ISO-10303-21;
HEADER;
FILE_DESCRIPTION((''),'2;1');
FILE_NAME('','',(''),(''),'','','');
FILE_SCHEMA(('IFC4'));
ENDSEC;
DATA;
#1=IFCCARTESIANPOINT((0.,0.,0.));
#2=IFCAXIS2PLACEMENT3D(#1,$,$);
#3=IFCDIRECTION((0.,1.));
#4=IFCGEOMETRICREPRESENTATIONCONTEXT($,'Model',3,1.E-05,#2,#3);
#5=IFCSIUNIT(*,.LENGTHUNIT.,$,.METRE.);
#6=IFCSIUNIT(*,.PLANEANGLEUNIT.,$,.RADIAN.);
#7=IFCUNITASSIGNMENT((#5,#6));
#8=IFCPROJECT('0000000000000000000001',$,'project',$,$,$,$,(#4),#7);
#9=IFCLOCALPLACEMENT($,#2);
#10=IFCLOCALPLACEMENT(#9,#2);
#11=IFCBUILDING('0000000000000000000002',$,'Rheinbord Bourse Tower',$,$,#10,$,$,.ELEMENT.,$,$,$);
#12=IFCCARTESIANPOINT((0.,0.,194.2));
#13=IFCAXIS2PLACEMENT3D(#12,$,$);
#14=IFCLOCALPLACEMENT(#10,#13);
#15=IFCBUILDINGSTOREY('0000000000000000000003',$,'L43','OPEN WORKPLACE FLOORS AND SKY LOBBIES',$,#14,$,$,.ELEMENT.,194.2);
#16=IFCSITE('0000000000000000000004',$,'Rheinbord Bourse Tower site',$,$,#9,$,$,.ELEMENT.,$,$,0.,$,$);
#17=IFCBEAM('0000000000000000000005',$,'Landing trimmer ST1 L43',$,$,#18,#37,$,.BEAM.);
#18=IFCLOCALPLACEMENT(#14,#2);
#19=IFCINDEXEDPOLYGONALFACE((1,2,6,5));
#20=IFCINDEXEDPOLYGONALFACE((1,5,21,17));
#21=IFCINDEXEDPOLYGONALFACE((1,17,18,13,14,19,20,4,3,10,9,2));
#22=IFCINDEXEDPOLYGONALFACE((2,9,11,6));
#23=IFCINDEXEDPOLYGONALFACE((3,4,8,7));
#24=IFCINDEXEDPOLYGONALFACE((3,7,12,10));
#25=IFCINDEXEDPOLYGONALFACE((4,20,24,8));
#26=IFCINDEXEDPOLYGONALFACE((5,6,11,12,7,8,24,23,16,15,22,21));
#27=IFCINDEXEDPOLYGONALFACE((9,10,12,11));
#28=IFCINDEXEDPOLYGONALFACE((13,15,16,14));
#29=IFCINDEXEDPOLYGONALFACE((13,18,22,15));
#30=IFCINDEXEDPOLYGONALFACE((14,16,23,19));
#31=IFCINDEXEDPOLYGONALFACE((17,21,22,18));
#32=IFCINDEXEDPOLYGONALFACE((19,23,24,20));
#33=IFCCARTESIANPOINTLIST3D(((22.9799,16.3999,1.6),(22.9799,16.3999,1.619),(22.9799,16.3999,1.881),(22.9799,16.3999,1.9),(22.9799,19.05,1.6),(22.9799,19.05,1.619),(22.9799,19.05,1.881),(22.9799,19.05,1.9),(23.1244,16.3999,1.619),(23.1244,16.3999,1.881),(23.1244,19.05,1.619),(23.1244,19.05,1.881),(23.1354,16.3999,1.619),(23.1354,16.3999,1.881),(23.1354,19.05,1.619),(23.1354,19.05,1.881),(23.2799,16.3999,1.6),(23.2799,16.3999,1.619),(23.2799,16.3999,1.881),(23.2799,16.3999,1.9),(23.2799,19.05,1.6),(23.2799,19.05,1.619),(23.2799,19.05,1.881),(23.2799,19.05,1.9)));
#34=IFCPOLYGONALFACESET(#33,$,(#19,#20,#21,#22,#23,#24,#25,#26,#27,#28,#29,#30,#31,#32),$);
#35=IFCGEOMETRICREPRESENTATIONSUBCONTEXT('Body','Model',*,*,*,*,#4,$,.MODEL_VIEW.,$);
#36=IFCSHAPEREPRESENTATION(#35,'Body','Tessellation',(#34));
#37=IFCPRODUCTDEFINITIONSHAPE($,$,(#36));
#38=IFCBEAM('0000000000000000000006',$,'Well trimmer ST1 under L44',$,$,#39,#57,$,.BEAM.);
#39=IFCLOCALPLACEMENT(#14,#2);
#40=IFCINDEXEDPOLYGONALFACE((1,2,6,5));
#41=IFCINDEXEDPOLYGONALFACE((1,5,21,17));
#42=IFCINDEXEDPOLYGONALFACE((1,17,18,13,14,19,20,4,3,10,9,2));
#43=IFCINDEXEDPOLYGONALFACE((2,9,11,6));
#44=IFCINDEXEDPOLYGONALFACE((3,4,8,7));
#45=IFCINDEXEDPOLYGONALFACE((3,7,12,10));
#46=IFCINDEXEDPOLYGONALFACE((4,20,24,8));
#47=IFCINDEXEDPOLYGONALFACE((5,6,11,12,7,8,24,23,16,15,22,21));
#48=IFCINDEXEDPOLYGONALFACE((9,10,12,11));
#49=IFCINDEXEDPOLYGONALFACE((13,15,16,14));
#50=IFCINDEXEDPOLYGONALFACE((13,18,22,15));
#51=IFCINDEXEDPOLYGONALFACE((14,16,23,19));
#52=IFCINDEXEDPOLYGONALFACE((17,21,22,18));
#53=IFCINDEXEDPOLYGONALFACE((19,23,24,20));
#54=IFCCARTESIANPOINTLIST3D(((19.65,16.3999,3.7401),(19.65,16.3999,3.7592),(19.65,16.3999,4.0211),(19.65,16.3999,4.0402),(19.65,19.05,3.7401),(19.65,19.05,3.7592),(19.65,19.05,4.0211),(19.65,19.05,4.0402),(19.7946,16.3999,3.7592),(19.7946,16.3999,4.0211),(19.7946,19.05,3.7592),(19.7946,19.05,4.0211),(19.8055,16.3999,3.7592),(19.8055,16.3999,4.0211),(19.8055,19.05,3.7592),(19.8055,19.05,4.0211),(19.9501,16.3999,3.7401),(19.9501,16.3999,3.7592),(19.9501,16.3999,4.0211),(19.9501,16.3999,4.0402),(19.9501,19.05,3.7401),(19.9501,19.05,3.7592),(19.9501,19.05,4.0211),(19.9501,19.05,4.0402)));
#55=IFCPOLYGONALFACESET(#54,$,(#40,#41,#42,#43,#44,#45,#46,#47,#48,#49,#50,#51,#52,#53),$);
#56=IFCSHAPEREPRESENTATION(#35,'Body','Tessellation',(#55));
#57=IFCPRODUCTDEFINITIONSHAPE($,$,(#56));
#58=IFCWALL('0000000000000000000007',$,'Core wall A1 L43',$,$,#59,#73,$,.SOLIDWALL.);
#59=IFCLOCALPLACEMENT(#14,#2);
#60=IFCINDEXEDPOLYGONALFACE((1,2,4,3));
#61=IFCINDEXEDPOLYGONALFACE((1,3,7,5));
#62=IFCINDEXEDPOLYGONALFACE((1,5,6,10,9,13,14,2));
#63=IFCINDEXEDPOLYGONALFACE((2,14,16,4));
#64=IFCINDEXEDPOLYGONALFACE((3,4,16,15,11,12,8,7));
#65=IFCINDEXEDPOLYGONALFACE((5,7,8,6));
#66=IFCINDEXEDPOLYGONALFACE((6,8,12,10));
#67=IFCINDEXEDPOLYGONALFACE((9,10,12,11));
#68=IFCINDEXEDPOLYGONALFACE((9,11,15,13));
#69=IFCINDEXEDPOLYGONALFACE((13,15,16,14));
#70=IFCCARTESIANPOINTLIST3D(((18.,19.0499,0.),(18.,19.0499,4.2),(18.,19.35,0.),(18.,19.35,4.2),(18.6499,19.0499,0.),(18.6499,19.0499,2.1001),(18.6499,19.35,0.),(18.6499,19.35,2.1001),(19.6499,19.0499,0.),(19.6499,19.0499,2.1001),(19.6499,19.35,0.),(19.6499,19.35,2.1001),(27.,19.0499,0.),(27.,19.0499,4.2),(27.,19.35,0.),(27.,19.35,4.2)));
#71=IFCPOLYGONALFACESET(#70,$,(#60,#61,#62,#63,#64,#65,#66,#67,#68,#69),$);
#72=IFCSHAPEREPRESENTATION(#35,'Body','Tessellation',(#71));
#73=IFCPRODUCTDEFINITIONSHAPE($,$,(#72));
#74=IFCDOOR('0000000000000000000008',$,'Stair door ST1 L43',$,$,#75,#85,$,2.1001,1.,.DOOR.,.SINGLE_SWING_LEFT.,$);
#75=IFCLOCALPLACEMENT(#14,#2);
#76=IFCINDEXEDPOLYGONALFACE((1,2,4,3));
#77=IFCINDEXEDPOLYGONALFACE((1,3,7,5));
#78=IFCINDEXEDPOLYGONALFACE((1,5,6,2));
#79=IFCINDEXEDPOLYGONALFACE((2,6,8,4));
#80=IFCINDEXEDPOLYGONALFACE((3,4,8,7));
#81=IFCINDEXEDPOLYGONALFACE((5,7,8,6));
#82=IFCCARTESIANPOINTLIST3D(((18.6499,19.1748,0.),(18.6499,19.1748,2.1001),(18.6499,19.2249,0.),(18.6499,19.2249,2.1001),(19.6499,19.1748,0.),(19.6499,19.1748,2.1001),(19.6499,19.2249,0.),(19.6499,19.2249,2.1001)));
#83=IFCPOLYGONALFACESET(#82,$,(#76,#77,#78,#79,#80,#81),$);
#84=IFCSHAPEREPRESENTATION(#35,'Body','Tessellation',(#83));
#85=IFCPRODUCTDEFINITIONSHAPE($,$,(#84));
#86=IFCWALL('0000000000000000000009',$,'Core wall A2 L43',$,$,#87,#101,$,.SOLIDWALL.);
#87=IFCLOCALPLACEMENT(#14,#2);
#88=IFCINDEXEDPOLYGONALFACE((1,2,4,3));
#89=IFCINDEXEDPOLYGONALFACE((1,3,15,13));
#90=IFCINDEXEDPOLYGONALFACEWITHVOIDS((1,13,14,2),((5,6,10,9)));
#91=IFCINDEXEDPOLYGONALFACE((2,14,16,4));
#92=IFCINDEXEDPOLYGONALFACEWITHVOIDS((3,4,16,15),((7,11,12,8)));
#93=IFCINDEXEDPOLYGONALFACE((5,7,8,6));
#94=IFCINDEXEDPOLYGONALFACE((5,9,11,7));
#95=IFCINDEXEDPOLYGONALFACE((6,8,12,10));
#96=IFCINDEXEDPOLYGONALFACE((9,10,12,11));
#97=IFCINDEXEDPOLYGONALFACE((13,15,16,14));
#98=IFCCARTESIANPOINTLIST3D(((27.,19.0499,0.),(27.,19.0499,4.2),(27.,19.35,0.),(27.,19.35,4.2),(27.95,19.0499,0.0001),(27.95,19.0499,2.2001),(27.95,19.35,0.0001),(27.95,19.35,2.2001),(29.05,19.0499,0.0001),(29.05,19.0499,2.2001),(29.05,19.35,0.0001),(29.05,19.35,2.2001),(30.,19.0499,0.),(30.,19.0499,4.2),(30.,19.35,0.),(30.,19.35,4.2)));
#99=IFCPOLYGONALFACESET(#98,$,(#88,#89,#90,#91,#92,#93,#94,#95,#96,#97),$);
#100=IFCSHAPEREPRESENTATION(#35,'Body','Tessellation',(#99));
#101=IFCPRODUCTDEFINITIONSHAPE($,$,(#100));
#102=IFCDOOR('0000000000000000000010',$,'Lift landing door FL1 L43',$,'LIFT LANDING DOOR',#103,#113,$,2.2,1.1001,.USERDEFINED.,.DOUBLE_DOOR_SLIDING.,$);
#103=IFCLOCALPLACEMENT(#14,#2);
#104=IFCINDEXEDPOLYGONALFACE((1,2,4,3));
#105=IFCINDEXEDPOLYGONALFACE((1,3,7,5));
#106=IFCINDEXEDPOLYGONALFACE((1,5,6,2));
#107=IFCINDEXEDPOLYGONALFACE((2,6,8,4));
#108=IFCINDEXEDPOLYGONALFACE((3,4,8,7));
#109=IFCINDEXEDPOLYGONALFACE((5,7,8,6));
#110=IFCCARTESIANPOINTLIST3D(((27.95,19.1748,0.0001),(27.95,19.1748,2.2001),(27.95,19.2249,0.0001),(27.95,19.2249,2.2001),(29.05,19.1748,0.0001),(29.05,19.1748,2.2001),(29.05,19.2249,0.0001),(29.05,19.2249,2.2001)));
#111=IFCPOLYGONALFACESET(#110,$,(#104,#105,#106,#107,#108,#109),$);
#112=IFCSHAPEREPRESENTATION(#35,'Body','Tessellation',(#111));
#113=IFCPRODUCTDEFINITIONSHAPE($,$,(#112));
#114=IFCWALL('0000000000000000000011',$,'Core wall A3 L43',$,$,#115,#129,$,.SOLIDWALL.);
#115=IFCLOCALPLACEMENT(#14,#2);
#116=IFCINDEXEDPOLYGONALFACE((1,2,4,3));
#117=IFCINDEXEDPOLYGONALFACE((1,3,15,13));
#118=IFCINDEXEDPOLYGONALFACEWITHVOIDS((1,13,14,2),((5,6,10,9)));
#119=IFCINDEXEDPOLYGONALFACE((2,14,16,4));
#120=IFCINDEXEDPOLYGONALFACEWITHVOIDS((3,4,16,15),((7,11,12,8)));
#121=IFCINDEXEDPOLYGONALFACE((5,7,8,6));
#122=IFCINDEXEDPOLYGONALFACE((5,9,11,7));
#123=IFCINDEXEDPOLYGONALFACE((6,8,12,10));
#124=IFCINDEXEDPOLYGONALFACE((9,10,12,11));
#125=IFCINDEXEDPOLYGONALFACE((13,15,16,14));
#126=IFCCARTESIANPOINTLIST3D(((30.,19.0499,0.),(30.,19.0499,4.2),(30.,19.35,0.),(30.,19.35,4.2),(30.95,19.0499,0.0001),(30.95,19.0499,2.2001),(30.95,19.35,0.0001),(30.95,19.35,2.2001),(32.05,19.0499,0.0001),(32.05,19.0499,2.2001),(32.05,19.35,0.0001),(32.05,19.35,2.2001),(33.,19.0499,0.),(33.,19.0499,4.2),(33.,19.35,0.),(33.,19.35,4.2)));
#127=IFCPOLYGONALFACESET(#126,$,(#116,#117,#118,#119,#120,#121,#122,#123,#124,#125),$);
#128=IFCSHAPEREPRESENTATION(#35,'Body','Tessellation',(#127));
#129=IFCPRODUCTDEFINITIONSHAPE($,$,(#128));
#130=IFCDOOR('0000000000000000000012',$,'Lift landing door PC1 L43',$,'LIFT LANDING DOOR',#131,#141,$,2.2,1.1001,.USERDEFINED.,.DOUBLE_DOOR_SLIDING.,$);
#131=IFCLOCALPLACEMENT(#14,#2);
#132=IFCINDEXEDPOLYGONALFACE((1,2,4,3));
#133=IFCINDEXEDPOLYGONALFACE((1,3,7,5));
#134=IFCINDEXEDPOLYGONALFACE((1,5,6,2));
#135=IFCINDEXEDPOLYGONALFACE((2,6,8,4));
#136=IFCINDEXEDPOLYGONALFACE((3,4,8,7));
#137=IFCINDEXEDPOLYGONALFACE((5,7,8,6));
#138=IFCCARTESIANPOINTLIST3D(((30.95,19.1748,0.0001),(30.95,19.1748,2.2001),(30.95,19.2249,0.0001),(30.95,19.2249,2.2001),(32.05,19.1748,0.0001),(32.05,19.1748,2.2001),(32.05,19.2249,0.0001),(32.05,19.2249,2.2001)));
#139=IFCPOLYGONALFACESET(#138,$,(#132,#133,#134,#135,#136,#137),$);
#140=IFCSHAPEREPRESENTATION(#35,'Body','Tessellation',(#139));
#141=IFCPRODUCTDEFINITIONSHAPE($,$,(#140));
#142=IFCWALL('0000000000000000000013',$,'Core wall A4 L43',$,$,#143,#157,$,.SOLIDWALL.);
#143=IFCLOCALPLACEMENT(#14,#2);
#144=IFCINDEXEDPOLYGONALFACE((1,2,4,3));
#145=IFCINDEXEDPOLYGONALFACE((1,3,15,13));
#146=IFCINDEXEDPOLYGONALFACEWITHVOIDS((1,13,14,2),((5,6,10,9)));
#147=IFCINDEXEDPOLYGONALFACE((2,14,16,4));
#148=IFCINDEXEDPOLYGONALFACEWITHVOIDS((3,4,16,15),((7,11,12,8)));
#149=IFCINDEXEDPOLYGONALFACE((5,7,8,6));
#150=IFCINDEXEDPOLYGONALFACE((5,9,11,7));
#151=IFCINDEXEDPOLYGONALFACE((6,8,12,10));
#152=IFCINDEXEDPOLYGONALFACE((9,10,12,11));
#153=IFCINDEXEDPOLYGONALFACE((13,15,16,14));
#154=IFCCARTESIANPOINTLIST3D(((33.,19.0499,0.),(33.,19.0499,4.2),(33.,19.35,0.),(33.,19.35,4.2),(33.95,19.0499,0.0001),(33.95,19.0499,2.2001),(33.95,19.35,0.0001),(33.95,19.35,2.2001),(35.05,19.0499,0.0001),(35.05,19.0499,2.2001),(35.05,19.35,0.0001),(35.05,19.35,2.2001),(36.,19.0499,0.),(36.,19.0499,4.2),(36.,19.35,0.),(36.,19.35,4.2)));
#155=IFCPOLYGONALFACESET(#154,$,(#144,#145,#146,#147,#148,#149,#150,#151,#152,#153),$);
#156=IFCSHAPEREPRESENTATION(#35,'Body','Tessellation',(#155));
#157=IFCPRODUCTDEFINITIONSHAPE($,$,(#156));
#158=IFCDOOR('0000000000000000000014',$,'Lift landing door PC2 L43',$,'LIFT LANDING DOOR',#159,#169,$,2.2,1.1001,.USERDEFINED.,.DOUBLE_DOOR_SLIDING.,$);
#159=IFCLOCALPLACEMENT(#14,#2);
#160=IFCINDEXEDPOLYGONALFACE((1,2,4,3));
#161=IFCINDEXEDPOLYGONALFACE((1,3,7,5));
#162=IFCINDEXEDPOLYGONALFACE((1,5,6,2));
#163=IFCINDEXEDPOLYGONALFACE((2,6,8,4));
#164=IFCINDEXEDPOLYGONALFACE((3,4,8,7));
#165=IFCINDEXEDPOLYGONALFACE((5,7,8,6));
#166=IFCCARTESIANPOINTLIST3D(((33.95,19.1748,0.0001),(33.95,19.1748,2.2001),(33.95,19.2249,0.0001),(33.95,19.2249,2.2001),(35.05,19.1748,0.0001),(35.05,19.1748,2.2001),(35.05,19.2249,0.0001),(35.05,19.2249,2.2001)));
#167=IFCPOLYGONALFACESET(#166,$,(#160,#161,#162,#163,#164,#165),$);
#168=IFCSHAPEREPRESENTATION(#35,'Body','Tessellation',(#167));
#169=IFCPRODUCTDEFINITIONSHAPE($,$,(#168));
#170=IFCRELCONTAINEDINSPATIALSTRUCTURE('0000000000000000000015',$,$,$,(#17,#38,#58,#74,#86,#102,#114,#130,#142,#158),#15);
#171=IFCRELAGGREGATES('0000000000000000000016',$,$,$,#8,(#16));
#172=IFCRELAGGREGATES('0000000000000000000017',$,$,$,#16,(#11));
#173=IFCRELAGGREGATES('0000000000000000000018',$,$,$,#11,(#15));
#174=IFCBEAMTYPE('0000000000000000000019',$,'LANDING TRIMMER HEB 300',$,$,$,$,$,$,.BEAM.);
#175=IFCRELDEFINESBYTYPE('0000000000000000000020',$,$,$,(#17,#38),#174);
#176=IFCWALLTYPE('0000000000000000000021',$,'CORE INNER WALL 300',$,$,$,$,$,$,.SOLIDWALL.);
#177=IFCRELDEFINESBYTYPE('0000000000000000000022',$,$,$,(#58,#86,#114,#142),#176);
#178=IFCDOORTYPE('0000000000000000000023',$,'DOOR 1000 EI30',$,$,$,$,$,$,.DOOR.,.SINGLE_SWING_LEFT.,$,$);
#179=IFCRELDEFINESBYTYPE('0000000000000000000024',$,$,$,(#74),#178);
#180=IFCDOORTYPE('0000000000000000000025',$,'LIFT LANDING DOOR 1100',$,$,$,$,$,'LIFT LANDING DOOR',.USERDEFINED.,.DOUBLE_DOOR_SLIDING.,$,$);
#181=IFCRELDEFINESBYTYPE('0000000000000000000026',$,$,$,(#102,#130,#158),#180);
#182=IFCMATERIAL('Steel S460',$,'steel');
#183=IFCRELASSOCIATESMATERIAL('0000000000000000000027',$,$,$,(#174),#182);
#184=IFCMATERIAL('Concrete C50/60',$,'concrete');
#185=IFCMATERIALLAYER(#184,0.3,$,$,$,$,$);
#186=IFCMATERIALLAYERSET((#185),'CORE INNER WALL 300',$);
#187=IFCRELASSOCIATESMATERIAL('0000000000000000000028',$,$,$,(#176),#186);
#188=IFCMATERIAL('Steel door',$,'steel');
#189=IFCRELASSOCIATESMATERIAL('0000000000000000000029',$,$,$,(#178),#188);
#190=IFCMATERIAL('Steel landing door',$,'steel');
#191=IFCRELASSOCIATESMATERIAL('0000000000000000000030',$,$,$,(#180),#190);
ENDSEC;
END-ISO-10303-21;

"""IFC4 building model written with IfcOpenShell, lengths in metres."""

from ifc_helpers import new_model, si_unit, direction, frame, frame_2d, origin, origin_2d, place, context, subcontext, project, spatial, rectangle, i_section, extrude, material, layer, layer_set, material_profile, profile_set, type_object, element, fill, save


model = new_model("IFC4")

# Units and contexts
model_context = context("Model", 3, precision=1e-05, world=origin(), true_north=direction((0.0, 1.0)))
body_context = subcontext(model_context, "Body", "Model", "MODEL_VIEW")
ifc_project = project(units=[si_unit("LENGTHUNIT", "METRE"), si_unit("PLANEANGLEUNIT", "RADIAN")], contexts=[model_context])

# Site, building, storey
site_placement = place(None, origin())
site = spatial("IfcSite", under=ifc_project, at=site_placement, Name="Rheinbord Bourse Tower site", CompositionType="ELEMENT", RefElevation=0.0)
building_placement = place(site_placement, origin())
building = spatial("IfcBuilding", under=site, at=building_placement, Name="Rheinbord Bourse Tower", CompositionType="ELEMENT")
storey_placement = place(building_placement, frame((0.0, 0.0, 194.2)))
storey = spatial("IfcBuildingStorey", under=building, at=storey_placement, Name="L43", Description="OPEN WORKPLACE FLOORS AND SKY LOBBIES", CompositionType="ELEMENT", Elevation=194.2)

# Beams
ifc_material_1 = material(Name="Steel S460", Category="steel")
ifc_material_profile = material_profile(ifc_material_1, i_section(OverallWidth=0.3, OverallDepth=0.3, WebThickness=0.011, FlangeThickness=0.019, at=origin_2d()), Name="HEB 300")
ifc_profile_set = profile_set([ifc_material_profile], Name="Steel S460")
beam_type = type_object("IfcBeamType", Name="LANDING TRIMMER HEB 300", PredefinedType="BEAM", material=ifc_profile_set)
for number, where, z_axis, x_axis, name in (
    (1, (23.1299, 16.3999, 1.75), (0.0, 1.0, 0.0), (-1.0, 0.0, 0.0), "Landing trimmer ST1 L43"),
    (2, (19.8, 16.3999, 3.8901), (0.0, 1.0, 0.0), (-1.0, 0.0, 0.0), "Well trimmer ST1 under L44"),
):
    element("IfcBeam", number, at=place(storey_placement, frame(where, z_axis=z_axis, x_axis=x_axis)), inside=storey, type_object=beam_type, Name=name, PredefinedType="BEAM", context=body_context, shape_type="SweptSolid", body=[
        extrude(i_section(OverallWidth=0.3, OverallDepth=0.3, WebThickness=0.011, FlangeThickness=0.019, at=origin_2d()), origin(), (0.0, 0.0, 1.0), 2.6501),
    ])

# Walls, openings, doors
ifc_material_2 = material(Name="Concrete C50/60", Category="concrete")
ifc_layer_1 = layer(ifc_material_2, 0.3)
ifc_layer_set_1 = layer_set([ifc_layer_1], Name="CORE INNER WALL 300")
wall_type_1 = type_object("IfcWallType", Name="CORE INNER WALL 300", PredefinedType="SOLIDWALL", material=ifc_layer_set_1)
wall_1_placement = place(storey_placement, frame((18.0, 19.2, 0.0), z_axis=(0.0, 0.0, 1.0), x_axis=(1.0, 0.0, 0.0)))
wall_1 = element("IfcWall", 3, at=wall_1_placement, inside=storey, type_object=wall_type_1, Name="Core wall A1 L43", PredefinedType="SOLIDWALL", context=body_context, shape_type="SweptSolid", body=[
    extrude(rectangle(XDim=9.0, YDim=0.3, at=frame_2d((4.5, 0.0))), origin(), (0.0, 0.0, 1.0), 4.2),
])
opening_1_placement = place(wall_1_placement, frame((0.6499, 0.0, 0.0)))
opening_1 = element("IfcOpeningElement", 4, at=opening_1_placement, cuts=wall_1, PredefinedType="OPENING", context=body_context, shape_type="SweptSolid", body=[
    extrude(rectangle(XDim=1.0, YDim=2.1001, at=frame_2d((0.5, 1.05))), frame((0.0, 0.1599, 0.0), z_axis=(0.0, -1.0, 0.0), x_axis=(1.0, 0.0, 0.0)), (0.0, 0.0, 1.0), 0.3201),
])
ifc_material_3 = material(Name="Steel door", Category="steel")
door_type_1 = type_object("IfcDoorType", Name="DOOR 1000 EI30", OperationType="SINGLE_SWING_LEFT", PredefinedType="DOOR", material=ifc_material_3)
door_1_placement = place(opening_1_placement, origin())
door_1 = element("IfcDoor", 5, at=door_1_placement, inside=storey, type_object=door_type_1, Name="Stair door ST1 L43", OperationType="SINGLE_SWING_LEFT", OverallHeight=2.1001, OverallWidth=1.0, PredefinedType="DOOR", context=body_context, shape_type="SweptSolid", body=[
    extrude(rectangle(XDim=1.0, YDim=2.1001, at=frame_2d((0.5, 1.05))), frame((0.0, 0.0249, 0.0), z_axis=(0.0, -1.0, 0.0), x_axis=(1.0, 0.0, 0.0)), (0.0, 0.0, 1.0), 0.05),
])
fill(opening_1, door_1)
wall_2_placement = place(storey_placement, frame((27.0, 19.2, 0.0), z_axis=(0.0, 0.0, 1.0), x_axis=(1.0, 0.0, 0.0)))
wall_2 = element("IfcWall", 6, at=wall_2_placement, inside=storey, type_object=wall_type_1, Name="Core wall A2 L43", PredefinedType="SOLIDWALL", context=body_context, shape_type="SweptSolid", body=[
    extrude(rectangle(XDim=3.0, YDim=0.3, at=frame_2d((1.5, 0.0))), origin(), (0.0, 0.0, 1.0), 4.2),
])
opening_2_placement = place(wall_2_placement, frame((0.95, 0.0, 0.0)))
opening_2 = element("IfcOpeningElement", 7, at=opening_2_placement, cuts=wall_2, PredefinedType="OPENING", context=body_context, shape_type="SweptSolid", body=[
    extrude(rectangle(XDim=1.1001, YDim=2.2, at=frame_2d((0.55, 1.1001))), frame((0.0, 0.1599, 0.0), z_axis=(0.0, -1.0, 0.0), x_axis=(1.0, 0.0, 0.0)), (0.0, 0.0, 1.0), 0.3201),
])
ifc_material_4 = material(Name="Steel landing door", Category="steel")
door_type_2 = type_object("IfcDoorType", Name="LIFT LANDING DOOR 1100", ElementType="LIFT LANDING DOOR", OperationType="DOUBLE_DOOR_SLIDING", PredefinedType="USERDEFINED", material=ifc_material_4)
door_2_placement = place(opening_2_placement, origin())
door_2 = element("IfcDoor", 8, at=door_2_placement, inside=storey, type_object=door_type_2, Name="Lift landing door FL1 L43", ObjectType="LIFT LANDING DOOR", OperationType="DOUBLE_DOOR_SLIDING", OverallHeight=2.2, OverallWidth=1.1001, PredefinedType="USERDEFINED", context=body_context, shape_type="SweptSolid", body=[
    extrude(rectangle(XDim=1.1001, YDim=2.2, at=frame_2d((0.55, 1.1001))), frame((0.0, 0.0249, 0.0), z_axis=(0.0, -1.0, 0.0), x_axis=(1.0, 0.0, 0.0)), (0.0, 0.0, 1.0), 0.05),
])
fill(opening_2, door_2)
wall_3_placement = place(storey_placement, frame((30.0, 19.2, 0.0), z_axis=(0.0, 0.0, 1.0), x_axis=(1.0, 0.0, 0.0)))
wall_3 = element("IfcWall", 9, at=wall_3_placement, inside=storey, type_object=wall_type_1, Name="Core wall A3 L43", PredefinedType="SOLIDWALL", context=body_context, shape_type="SweptSolid", body=[
    extrude(rectangle(XDim=3.0, YDim=0.3, at=frame_2d((1.5, 0.0))), origin(), (0.0, 0.0, 1.0), 4.2),
])
opening_3_placement = place(wall_3_placement, frame((0.95, 0.0, 0.0)))
opening_3 = element("IfcOpeningElement", 10, at=opening_3_placement, cuts=wall_3, PredefinedType="OPENING", context=body_context, shape_type="SweptSolid", body=[
    extrude(rectangle(XDim=1.1001, YDim=2.2, at=frame_2d((0.55, 1.1001))), frame((0.0, 0.1599, 0.0), z_axis=(0.0, -1.0, 0.0), x_axis=(1.0, 0.0, 0.0)), (0.0, 0.0, 1.0), 0.3201),
])
door_3_placement = place(opening_3_placement, origin())
door_3 = element("IfcDoor", 11, at=door_3_placement, inside=storey, type_object=door_type_2, Name="Lift landing door PC1 L43", ObjectType="LIFT LANDING DOOR", OperationType="DOUBLE_DOOR_SLIDING", OverallHeight=2.2, OverallWidth=1.1001, PredefinedType="USERDEFINED", context=body_context, shape_type="SweptSolid", body=[
    extrude(rectangle(XDim=1.1001, YDim=2.2, at=frame_2d((0.55, 1.1001))), frame((0.0, 0.0249, 0.0), z_axis=(0.0, -1.0, 0.0), x_axis=(1.0, 0.0, 0.0)), (0.0, 0.0, 1.0), 0.05),
])
fill(opening_3, door_3)
wall_4_placement = place(storey_placement, frame((33.0, 19.2, 0.0), z_axis=(0.0, 0.0, 1.0), x_axis=(1.0, 0.0, 0.0)))
wall_4 = element("IfcWall", 12, at=wall_4_placement, inside=storey, type_object=wall_type_1, Name="Core wall A4 L43", PredefinedType="SOLIDWALL", context=body_context, shape_type="SweptSolid", body=[
    extrude(rectangle(XDim=3.0, YDim=0.3, at=frame_2d((1.5, 0.0))), origin(), (0.0, 0.0, 1.0), 4.2),
])
opening_4_placement = place(wall_4_placement, frame((0.95, 0.0, 0.0)))
opening_4 = element("IfcOpeningElement", 13, at=opening_4_placement, cuts=wall_4, PredefinedType="OPENING", context=body_context, shape_type="SweptSolid", body=[
    extrude(rectangle(XDim=1.1001, YDim=2.2, at=frame_2d((0.55, 1.1001))), frame((0.0, 0.1599, 0.0), z_axis=(0.0, -1.0, 0.0), x_axis=(1.0, 0.0, 0.0)), (0.0, 0.0, 1.0), 0.3201),
])
door_4_placement = place(opening_4_placement, origin())
door_4 = element("IfcDoor", 14, at=door_4_placement, inside=storey, type_object=door_type_2, Name="Lift landing door PC2 L43", ObjectType="LIFT LANDING DOOR", OperationType="DOUBLE_DOOR_SLIDING", OverallHeight=2.2, OverallWidth=1.1001, PredefinedType="USERDEFINED", context=body_context, shape_type="SweptSolid", body=[
    extrude(rectangle(XDim=1.1001, YDim=2.2, at=frame_2d((0.55, 1.1001))), frame((0.0, 0.0249, 0.0), z_axis=(0.0, -1.0, 0.0), x_axis=(1.0, 0.0, 0.0)), (0.0, 0.0, 1.0), 0.05),
])
fill(opening_4, door_4)

save(model, "model.ifc")
